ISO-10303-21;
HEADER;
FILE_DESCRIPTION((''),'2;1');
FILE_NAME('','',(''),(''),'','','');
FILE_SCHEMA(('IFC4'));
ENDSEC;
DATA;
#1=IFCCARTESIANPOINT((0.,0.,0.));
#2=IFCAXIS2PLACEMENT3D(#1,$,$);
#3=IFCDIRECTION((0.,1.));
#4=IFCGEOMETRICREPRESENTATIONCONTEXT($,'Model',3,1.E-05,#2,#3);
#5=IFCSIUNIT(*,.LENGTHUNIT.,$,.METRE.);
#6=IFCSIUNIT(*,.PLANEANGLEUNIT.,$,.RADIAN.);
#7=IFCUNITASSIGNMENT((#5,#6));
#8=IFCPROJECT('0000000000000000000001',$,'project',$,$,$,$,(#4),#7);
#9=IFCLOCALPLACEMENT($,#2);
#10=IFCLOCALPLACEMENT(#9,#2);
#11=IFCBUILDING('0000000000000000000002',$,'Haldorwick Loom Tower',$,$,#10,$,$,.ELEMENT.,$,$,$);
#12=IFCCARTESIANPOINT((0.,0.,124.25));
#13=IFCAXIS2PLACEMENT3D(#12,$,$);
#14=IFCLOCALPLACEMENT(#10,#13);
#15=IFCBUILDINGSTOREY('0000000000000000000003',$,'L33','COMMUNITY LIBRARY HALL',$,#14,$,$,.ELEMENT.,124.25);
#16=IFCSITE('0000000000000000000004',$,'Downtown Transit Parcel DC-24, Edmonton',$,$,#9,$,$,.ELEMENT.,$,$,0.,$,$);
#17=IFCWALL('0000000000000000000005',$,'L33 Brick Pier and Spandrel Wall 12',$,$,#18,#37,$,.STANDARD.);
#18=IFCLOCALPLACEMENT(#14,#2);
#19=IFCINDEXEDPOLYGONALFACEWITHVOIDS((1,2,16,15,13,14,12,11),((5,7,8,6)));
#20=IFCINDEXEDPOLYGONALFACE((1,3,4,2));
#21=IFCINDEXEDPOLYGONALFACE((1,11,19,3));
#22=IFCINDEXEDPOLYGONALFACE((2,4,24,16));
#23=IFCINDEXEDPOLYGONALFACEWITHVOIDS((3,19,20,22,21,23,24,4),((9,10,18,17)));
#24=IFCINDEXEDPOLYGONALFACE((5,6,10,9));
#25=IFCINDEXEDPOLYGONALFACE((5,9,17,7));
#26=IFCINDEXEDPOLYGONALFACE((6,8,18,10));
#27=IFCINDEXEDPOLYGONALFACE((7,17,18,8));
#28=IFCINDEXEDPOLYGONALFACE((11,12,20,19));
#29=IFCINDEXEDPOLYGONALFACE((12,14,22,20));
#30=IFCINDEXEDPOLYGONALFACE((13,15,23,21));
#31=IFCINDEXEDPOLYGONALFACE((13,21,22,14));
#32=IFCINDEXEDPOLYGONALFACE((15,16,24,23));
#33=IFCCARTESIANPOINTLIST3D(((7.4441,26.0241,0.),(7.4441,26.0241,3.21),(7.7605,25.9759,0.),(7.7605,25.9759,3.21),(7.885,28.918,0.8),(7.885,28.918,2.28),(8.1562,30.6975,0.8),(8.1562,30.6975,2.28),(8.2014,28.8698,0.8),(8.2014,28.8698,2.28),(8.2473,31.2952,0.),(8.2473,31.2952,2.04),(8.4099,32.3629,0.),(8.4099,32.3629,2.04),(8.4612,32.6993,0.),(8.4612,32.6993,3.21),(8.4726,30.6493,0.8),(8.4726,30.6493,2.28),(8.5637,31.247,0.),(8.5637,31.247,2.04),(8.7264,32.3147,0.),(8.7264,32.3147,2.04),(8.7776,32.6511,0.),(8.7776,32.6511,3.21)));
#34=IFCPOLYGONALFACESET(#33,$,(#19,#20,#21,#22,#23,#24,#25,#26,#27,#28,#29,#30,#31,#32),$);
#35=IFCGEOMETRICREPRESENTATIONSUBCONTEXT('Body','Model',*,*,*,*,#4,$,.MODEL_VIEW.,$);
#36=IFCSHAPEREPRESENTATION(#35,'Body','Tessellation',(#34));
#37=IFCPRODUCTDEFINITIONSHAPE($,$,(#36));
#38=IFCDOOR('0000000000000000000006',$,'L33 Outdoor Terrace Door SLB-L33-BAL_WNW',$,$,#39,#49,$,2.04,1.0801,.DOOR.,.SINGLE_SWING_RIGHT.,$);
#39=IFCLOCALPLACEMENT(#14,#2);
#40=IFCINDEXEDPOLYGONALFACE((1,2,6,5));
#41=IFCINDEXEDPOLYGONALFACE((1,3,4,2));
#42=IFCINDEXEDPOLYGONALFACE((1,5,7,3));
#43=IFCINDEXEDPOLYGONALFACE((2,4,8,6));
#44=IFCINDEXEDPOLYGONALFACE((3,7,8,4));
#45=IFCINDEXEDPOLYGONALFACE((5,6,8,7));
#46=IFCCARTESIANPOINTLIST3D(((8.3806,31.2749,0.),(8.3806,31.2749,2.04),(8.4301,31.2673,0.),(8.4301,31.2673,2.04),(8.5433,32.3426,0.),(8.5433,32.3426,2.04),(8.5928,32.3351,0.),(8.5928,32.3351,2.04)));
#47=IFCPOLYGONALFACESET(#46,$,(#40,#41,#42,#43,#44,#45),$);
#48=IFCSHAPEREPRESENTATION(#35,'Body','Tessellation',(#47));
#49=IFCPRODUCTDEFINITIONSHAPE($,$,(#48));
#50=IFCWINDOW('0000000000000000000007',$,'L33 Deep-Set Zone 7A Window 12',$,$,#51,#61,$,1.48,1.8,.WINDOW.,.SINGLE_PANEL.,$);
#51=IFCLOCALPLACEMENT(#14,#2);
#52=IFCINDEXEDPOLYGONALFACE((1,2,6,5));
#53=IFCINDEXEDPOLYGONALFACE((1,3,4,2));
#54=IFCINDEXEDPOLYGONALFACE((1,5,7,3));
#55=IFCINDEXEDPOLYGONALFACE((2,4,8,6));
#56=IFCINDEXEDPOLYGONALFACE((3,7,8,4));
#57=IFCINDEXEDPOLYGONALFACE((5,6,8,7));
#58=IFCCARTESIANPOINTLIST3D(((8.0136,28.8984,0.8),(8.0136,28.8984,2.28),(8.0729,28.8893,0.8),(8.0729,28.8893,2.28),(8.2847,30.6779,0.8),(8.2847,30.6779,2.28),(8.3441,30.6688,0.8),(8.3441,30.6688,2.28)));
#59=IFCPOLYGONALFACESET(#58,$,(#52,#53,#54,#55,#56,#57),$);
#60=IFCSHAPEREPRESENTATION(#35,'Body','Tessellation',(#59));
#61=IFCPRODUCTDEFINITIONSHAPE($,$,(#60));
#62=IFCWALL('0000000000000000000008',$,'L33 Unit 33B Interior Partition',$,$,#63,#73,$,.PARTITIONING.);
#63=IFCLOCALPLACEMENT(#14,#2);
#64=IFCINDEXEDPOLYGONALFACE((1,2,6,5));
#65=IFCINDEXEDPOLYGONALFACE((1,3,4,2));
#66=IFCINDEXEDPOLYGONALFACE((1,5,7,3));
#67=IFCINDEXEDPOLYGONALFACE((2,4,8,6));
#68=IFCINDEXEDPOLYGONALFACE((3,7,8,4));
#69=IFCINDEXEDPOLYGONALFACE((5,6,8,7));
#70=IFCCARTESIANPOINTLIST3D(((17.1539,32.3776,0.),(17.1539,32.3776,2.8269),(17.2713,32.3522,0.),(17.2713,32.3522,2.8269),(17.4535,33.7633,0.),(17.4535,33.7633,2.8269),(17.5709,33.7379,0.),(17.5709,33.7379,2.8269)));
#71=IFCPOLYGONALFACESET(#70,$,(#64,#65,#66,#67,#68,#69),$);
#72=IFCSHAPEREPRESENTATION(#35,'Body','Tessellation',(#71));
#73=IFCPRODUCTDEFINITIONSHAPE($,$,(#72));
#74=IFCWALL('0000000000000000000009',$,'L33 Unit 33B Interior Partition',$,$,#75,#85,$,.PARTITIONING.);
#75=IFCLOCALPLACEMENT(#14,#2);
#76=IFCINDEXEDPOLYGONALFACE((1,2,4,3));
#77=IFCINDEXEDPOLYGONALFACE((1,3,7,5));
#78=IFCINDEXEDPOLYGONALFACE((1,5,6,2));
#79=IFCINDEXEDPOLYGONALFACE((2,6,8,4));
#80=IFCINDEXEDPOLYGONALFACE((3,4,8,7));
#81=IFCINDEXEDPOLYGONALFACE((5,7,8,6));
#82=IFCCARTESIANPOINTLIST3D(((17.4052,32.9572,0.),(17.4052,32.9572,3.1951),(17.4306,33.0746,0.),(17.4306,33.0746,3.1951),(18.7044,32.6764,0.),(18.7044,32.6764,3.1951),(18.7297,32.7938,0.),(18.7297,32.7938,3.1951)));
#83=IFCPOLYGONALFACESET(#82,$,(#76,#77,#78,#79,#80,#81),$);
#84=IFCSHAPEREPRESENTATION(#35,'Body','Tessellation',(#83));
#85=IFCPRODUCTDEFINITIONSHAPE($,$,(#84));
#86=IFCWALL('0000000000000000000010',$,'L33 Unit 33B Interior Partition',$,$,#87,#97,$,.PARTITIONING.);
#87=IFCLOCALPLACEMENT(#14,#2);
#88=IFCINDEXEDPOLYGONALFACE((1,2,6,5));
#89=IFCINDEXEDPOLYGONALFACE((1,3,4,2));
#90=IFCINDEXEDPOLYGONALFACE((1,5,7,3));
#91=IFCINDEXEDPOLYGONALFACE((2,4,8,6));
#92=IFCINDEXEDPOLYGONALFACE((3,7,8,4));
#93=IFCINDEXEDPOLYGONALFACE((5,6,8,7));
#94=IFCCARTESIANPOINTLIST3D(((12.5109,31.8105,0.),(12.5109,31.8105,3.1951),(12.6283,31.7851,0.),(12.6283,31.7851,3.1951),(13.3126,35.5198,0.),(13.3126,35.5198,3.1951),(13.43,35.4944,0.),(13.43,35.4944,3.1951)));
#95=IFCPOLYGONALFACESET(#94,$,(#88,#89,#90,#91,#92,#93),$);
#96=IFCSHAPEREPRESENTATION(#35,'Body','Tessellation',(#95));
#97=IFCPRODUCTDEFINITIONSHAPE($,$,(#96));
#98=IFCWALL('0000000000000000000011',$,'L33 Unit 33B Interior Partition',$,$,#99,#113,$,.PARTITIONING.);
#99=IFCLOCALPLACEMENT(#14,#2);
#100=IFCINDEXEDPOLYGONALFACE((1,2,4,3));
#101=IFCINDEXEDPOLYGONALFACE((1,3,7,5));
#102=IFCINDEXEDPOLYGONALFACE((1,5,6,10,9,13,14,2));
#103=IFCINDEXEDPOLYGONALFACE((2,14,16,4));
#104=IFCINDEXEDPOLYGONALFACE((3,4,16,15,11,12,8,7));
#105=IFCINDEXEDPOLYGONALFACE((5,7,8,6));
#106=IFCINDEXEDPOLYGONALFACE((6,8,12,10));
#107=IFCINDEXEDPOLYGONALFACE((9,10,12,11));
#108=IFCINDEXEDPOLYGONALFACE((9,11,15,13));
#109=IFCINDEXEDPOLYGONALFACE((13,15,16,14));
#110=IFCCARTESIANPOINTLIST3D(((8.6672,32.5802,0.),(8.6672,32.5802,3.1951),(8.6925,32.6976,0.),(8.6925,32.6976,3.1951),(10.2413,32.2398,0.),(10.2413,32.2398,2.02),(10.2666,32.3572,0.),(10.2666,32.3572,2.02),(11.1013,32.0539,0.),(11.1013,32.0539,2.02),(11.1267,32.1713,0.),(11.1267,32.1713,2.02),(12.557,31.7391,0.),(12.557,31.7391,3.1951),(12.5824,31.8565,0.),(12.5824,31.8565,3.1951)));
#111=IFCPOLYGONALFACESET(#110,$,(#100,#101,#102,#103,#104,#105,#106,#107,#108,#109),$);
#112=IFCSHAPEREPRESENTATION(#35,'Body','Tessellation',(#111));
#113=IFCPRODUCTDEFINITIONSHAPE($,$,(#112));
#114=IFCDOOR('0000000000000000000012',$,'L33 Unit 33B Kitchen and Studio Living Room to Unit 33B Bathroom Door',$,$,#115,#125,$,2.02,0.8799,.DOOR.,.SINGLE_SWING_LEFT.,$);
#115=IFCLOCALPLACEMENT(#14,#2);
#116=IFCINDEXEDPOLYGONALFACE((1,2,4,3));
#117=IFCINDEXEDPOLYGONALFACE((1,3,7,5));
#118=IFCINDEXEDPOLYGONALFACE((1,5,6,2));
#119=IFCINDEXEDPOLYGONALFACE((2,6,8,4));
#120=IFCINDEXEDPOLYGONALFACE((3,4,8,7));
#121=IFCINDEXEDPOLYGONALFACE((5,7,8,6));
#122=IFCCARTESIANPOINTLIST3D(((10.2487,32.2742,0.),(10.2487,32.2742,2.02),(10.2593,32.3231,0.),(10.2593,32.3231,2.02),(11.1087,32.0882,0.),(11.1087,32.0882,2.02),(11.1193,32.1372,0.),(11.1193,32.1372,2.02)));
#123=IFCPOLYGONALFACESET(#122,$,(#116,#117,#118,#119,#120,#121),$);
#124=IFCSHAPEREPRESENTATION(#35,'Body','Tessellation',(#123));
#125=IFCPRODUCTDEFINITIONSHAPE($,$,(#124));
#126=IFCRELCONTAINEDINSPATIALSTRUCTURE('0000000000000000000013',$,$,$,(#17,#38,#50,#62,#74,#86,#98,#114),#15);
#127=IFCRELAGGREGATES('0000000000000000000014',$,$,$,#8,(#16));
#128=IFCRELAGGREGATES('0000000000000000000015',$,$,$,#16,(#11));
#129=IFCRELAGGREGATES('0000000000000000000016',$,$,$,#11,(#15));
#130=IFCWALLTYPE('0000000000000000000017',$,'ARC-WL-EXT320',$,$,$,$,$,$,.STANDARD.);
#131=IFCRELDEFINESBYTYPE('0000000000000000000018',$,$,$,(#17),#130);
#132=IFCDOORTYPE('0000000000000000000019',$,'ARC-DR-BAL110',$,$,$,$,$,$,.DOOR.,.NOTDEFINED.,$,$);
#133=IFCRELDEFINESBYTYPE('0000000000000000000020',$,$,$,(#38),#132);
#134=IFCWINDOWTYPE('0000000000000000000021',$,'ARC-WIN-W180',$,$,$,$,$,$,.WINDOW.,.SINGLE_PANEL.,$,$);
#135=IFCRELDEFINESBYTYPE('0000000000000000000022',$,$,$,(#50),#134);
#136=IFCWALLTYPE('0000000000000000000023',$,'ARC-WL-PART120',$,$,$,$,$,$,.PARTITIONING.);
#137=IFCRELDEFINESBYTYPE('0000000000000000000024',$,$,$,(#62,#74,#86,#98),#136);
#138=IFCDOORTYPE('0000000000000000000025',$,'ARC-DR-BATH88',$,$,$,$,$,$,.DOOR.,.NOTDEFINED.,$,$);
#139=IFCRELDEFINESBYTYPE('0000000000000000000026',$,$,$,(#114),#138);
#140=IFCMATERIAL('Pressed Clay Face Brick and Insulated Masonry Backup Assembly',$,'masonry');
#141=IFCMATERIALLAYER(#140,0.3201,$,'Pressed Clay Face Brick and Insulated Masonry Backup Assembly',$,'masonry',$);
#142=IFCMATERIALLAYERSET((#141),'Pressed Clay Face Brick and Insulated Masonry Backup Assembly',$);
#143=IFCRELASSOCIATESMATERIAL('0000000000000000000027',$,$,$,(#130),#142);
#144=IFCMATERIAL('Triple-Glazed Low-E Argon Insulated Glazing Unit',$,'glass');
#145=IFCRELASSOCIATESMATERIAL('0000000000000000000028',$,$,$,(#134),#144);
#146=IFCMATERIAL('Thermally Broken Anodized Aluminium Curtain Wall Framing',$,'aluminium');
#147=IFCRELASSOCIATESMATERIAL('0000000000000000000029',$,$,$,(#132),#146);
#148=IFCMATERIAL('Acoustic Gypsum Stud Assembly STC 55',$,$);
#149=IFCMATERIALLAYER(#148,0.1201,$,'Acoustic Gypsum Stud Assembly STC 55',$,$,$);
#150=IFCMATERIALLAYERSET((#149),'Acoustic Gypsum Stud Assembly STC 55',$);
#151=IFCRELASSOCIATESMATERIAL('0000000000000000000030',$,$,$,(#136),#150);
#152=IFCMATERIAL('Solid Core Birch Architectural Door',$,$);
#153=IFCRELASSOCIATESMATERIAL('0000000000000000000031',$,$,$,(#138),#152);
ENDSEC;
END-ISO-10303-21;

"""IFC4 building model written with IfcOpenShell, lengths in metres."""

from ifc_helpers import new_model, si_unit, direction, frame, frame_2d, origin, place, context, subcontext, project, spatial, rectangle, extrude, material, layer, layer_set, type_object, element, fill, save


model = new_model("IFC4")

# Units and contexts
model_context = context("Model", 3, precision=1e-05, world=origin(), true_north=direction((0.0, 1.0)))
body_context = subcontext(model_context, "Body", "Model", "MODEL_VIEW")
ifc_project = project(units=[si_unit("LENGTHUNIT", "METRE"), si_unit("PLANEANGLEUNIT", "RADIAN")], contexts=[model_context])

# Site, building, storey
site_placement = place(None, origin())
site = spatial("IfcSite", under=ifc_project, at=site_placement, Name="Downtown Transit Parcel DC-24, Edmonton", CompositionType="ELEMENT", RefElevation=0.0)
building_placement = place(site_placement, origin())
building = spatial("IfcBuilding", under=site, at=building_placement, Name="Haldorwick Loom Tower", CompositionType="ELEMENT")
storey_placement = place(building_placement, frame((0.0, 0.0, 124.25)))
storey = spatial("IfcBuildingStorey", under=building, at=storey_placement, Name="L33", Description="COMMUNITY LIBRARY HALL", CompositionType="ELEMENT", Elevation=124.25)

# Shared definitions
ifc_material_1 = material(Name="Pressed Clay Face Brick and Insulated Masonry Backup Assembly", Category="masonry")
ifc_layer_1 = layer(ifc_material_1, 0.3201, Name="Pressed Clay Face Brick and Insulated Masonry Backup Assembly", Category="masonry")
ifc_layer_set_1 = layer_set([ifc_layer_1], Name="Pressed Clay Face Brick and Insulated Masonry Backup Assembly")
wall_type_1 = type_object("IfcWallType", Name="ARC-WL-EXT320", PredefinedType="STANDARD", material=ifc_layer_set_1)
ifc_material_2 = material(Name="Triple-Glazed Low-E Argon Insulated Glazing Unit", Category="glass")
window_type = type_object("IfcWindowType", Name="ARC-WIN-W180", PartitioningType="SINGLE_PANEL", PredefinedType="WINDOW", material=ifc_material_2)

# Wall, openings, door, window
wall_1_placement = place(storey_placement, frame((8.6194, 32.675, 0.0), z_axis=(0.0, 0.0, 1.0), x_axis=(-0.150633, -0.98859, 0.0)))
wall_1 = element("IfcWall", 1, at=wall_1_placement, inside=storey, type_object=wall_type_1, Name="L33 Brick Pier and Spandrel Wall 12", PredefinedType="STANDARD", context=body_context, shape_type="SweptSolid", body=[
    extrude(rectangle(XDim=6.7522, YDim=0.3201, at=frame_2d((3.376, 0.0))), origin(), (0.0, 0.0, 1.0), 3.21),
])
opening_1_placement = place(wall_1_placement, frame((0.3401, 0.0, 0.0)))
opening_1 = element("IfcOpeningElement", 2, at=opening_1_placement, cuts=wall_1, PredefinedType="OPENING", context=body_context, shape_type="SweptSolid", body=[
    extrude(rectangle(XDim=1.0801, YDim=2.04, at=frame_2d((0.54, 1.02))), frame((0.0, 0.1699, 0.0), z_axis=(0.0, -1.0, 0.0), x_axis=(1.0, 0.0, 0.0)), (0.0, 0.0, 1.0), 0.3401),
])
opening_2_placement = place(wall_1_placement, frame((2.0249, 0.0, 0.8)))
opening_2 = element("IfcOpeningElement", 3, at=opening_2_placement, cuts=wall_1, PredefinedType="OPENING", context=body_context, shape_type="SweptSolid", body=[
    extrude(rectangle(XDim=1.8, YDim=1.48, at=frame_2d((0.8999, 0.74))), frame((0.0, 0.1699, 0.0), z_axis=(0.0, -1.0, 0.0), x_axis=(1.0, 0.0, 0.0)), (0.0, 0.0, 1.0), 0.3401),
])
ifc_material_3 = material(Name="Thermally Broken Anodized Aluminium Curtain Wall Framing", Category="aluminium")
door_type_1 = type_object("IfcDoorType", Name="ARC-DR-BAL110", OperationType="NOTDEFINED", PredefinedType="DOOR", material=ifc_material_3)
door_1_placement = place(opening_1_placement, origin())
door_1 = element("IfcDoor", 4, at=door_1_placement, inside=storey, type_object=door_type_1, Name="L33 Outdoor Terrace Door SLB-L33-BAL_WNW", OperationType="SINGLE_SWING_RIGHT", OverallHeight=2.04, OverallWidth=1.0801, PredefinedType="DOOR", context=body_context, shape_type="SweptSolid", body=[
    extrude(rectangle(XDim=1.0801, YDim=2.04, at=frame_2d((0.54, 1.02))), frame((0.0, 0.0249, 0.0), z_axis=(0.0, -1.0, 0.0), x_axis=(1.0, 0.0, 0.0)), (0.0, 0.0, 1.0), 0.05),
])
fill(opening_1, door_1)
window_1_placement = place(opening_2_placement, origin())
window_1 = element("IfcWindow", 5, at=window_1_placement, inside=storey, type_object=window_type, Name="L33 Deep-Set Zone 7A Window 12", OverallHeight=1.48, OverallWidth=1.8, PartitioningType="SINGLE_PANEL", PredefinedType="WINDOW", context=body_context, shape_type="SweptSolid", body=[
    extrude(rectangle(XDim=1.8, YDim=1.48, at=frame_2d((0.8999, 0.74))), frame((0.0, 0.03, 0.0), z_axis=(0.0, -1.0, 0.0), x_axis=(1.0, 0.0, 0.0)), (0.0, 0.0, 1.0), 0.0601),
])
fill(opening_2, window_1)

# Walls
ifc_material_4 = material(Name="Acoustic Gypsum Stud Assembly STC 55")
ifc_layer_2 = layer(ifc_material_4, 0.1201, Name="Acoustic Gypsum Stud Assembly STC 55")
ifc_layer_set_2 = layer_set([ifc_layer_2], Name="Acoustic Gypsum Stud Assembly STC 55")
wall_type_2 = type_object("IfcWallType", Name="ARC-WL-PART120", PredefinedType="PARTITIONING", material=ifc_layer_set_2)
wall_2_placement = place(storey_placement, frame((17.5122, 33.7507, 0.0), z_axis=(0.0, 0.0, 1.0), x_axis=(-0.211293, -0.977423, 0.0)))
element("IfcWall", 6, at=wall_2_placement, inside=storey, type_object=wall_type_2, Name="L33 Unit 33B Interior Partition", PredefinedType="PARTITIONING", context=body_context, shape_type="SweptSolid", body=[
    extrude(rectangle(XDim=1.4177, YDim=0.1201, at=frame_2d((0.709, 0.0))), origin(), (0.0, 0.0, 1.0), 2.8269),
])
wall_3_placement = place(storey_placement, frame((18.717, 32.7351, 0.0), z_axis=(0.0, 0.0, 1.0), x_axis=(-0.977433, 0.211247, 0.0)))
element("IfcWall", 7, at=wall_3_placement, inside=storey, type_object=wall_type_2, Name="L33 Unit 33B Interior Partition", PredefinedType="PARTITIONING", context=body_context, shape_type="SweptSolid", body=[
    extrude(rectangle(XDim=1.3291, YDim=0.1201, at=frame_2d((0.6646, 0.0))), origin(), (0.0, 0.0, 1.0), 3.1951),
])
wall_4_placement = place(storey_placement, frame((13.3713, 35.5071, 0.0), z_axis=(0.0, 0.0, 1.0), x_axis=(-0.211273, -0.977427, 0.0)))
element("IfcWall", 8, at=wall_4_placement, inside=storey, type_object=wall_type_2, Name="L33 Unit 33B Interior Partition", PredefinedType="PARTITIONING", context=body_context, shape_type="SweptSolid", body=[
    extrude(rectangle(XDim=3.7949, YDim=0.1201, at=frame_2d((1.8975, 0.0))), origin(), (0.0, 0.0, 1.0), 3.1951),
])

# Wall, opening, door
wall_5_placement = place(storey_placement, frame((12.5696, 31.7979, 0.0), z_axis=(0.0, 0.0, 1.0), x_axis=(-0.977414, 0.211334, 0.0)))
wall_5 = element("IfcWall", 9, at=wall_5_placement, inside=storey, type_object=wall_type_2, Name="L33 Unit 33B Interior Partition", PredefinedType="PARTITIONING", context=body_context, shape_type="SweptSolid", body=[
    extrude(rectangle(XDim=3.9797, YDim=0.1201, at=frame_2d((1.9897, 0.0))), origin(), (0.0, 0.0, 1.0), 3.1951),
])
opening_3_placement = place(wall_5_placement, frame((1.4893, 0.0, 0.0)))
opening_3 = element("IfcOpeningElement", 10, at=opening_3_placement, cuts=wall_5, PredefinedType="OPENING", context=body_context, shape_type="SweptSolid", body=[
    extrude(rectangle(XDim=0.8799, YDim=2.02, at=frame_2d((0.4399, 1.01))), frame((0.0, 0.0701, 0.0), z_axis=(0.0, -1.0, 0.0), x_axis=(1.0, 0.0, 0.0)), (0.0, 0.0, 1.0), 0.1401),
])
ifc_material_5 = material(Name="Solid Core Birch Architectural Door")
door_type_2 = type_object("IfcDoorType", Name="ARC-DR-BATH88", OperationType="NOTDEFINED", PredefinedType="DOOR", material=ifc_material_5)
door_2_placement = place(opening_3_placement, origin())
door_2 = element("IfcDoor", 11, at=door_2_placement, inside=storey, type_object=door_type_2, Name="L33 Unit 33B Kitchen and Studio Living Room to Unit 33B Bathroom Door", OperationType="SINGLE_SWING_LEFT", OverallHeight=2.02, OverallWidth=0.8799, PredefinedType="DOOR", context=body_context, shape_type="SweptSolid", body=[
    extrude(rectangle(XDim=0.8799, YDim=2.02, at=frame_2d((0.4399, 1.01))), frame((0.0, 0.0249, 0.0), z_axis=(0.0, -1.0, 0.0), x_axis=(1.0, 0.0, 0.0)), (0.0, 0.0, 1.0), 0.05),
])
fill(opening_3, door_2)

save(model, "model.ifc")
